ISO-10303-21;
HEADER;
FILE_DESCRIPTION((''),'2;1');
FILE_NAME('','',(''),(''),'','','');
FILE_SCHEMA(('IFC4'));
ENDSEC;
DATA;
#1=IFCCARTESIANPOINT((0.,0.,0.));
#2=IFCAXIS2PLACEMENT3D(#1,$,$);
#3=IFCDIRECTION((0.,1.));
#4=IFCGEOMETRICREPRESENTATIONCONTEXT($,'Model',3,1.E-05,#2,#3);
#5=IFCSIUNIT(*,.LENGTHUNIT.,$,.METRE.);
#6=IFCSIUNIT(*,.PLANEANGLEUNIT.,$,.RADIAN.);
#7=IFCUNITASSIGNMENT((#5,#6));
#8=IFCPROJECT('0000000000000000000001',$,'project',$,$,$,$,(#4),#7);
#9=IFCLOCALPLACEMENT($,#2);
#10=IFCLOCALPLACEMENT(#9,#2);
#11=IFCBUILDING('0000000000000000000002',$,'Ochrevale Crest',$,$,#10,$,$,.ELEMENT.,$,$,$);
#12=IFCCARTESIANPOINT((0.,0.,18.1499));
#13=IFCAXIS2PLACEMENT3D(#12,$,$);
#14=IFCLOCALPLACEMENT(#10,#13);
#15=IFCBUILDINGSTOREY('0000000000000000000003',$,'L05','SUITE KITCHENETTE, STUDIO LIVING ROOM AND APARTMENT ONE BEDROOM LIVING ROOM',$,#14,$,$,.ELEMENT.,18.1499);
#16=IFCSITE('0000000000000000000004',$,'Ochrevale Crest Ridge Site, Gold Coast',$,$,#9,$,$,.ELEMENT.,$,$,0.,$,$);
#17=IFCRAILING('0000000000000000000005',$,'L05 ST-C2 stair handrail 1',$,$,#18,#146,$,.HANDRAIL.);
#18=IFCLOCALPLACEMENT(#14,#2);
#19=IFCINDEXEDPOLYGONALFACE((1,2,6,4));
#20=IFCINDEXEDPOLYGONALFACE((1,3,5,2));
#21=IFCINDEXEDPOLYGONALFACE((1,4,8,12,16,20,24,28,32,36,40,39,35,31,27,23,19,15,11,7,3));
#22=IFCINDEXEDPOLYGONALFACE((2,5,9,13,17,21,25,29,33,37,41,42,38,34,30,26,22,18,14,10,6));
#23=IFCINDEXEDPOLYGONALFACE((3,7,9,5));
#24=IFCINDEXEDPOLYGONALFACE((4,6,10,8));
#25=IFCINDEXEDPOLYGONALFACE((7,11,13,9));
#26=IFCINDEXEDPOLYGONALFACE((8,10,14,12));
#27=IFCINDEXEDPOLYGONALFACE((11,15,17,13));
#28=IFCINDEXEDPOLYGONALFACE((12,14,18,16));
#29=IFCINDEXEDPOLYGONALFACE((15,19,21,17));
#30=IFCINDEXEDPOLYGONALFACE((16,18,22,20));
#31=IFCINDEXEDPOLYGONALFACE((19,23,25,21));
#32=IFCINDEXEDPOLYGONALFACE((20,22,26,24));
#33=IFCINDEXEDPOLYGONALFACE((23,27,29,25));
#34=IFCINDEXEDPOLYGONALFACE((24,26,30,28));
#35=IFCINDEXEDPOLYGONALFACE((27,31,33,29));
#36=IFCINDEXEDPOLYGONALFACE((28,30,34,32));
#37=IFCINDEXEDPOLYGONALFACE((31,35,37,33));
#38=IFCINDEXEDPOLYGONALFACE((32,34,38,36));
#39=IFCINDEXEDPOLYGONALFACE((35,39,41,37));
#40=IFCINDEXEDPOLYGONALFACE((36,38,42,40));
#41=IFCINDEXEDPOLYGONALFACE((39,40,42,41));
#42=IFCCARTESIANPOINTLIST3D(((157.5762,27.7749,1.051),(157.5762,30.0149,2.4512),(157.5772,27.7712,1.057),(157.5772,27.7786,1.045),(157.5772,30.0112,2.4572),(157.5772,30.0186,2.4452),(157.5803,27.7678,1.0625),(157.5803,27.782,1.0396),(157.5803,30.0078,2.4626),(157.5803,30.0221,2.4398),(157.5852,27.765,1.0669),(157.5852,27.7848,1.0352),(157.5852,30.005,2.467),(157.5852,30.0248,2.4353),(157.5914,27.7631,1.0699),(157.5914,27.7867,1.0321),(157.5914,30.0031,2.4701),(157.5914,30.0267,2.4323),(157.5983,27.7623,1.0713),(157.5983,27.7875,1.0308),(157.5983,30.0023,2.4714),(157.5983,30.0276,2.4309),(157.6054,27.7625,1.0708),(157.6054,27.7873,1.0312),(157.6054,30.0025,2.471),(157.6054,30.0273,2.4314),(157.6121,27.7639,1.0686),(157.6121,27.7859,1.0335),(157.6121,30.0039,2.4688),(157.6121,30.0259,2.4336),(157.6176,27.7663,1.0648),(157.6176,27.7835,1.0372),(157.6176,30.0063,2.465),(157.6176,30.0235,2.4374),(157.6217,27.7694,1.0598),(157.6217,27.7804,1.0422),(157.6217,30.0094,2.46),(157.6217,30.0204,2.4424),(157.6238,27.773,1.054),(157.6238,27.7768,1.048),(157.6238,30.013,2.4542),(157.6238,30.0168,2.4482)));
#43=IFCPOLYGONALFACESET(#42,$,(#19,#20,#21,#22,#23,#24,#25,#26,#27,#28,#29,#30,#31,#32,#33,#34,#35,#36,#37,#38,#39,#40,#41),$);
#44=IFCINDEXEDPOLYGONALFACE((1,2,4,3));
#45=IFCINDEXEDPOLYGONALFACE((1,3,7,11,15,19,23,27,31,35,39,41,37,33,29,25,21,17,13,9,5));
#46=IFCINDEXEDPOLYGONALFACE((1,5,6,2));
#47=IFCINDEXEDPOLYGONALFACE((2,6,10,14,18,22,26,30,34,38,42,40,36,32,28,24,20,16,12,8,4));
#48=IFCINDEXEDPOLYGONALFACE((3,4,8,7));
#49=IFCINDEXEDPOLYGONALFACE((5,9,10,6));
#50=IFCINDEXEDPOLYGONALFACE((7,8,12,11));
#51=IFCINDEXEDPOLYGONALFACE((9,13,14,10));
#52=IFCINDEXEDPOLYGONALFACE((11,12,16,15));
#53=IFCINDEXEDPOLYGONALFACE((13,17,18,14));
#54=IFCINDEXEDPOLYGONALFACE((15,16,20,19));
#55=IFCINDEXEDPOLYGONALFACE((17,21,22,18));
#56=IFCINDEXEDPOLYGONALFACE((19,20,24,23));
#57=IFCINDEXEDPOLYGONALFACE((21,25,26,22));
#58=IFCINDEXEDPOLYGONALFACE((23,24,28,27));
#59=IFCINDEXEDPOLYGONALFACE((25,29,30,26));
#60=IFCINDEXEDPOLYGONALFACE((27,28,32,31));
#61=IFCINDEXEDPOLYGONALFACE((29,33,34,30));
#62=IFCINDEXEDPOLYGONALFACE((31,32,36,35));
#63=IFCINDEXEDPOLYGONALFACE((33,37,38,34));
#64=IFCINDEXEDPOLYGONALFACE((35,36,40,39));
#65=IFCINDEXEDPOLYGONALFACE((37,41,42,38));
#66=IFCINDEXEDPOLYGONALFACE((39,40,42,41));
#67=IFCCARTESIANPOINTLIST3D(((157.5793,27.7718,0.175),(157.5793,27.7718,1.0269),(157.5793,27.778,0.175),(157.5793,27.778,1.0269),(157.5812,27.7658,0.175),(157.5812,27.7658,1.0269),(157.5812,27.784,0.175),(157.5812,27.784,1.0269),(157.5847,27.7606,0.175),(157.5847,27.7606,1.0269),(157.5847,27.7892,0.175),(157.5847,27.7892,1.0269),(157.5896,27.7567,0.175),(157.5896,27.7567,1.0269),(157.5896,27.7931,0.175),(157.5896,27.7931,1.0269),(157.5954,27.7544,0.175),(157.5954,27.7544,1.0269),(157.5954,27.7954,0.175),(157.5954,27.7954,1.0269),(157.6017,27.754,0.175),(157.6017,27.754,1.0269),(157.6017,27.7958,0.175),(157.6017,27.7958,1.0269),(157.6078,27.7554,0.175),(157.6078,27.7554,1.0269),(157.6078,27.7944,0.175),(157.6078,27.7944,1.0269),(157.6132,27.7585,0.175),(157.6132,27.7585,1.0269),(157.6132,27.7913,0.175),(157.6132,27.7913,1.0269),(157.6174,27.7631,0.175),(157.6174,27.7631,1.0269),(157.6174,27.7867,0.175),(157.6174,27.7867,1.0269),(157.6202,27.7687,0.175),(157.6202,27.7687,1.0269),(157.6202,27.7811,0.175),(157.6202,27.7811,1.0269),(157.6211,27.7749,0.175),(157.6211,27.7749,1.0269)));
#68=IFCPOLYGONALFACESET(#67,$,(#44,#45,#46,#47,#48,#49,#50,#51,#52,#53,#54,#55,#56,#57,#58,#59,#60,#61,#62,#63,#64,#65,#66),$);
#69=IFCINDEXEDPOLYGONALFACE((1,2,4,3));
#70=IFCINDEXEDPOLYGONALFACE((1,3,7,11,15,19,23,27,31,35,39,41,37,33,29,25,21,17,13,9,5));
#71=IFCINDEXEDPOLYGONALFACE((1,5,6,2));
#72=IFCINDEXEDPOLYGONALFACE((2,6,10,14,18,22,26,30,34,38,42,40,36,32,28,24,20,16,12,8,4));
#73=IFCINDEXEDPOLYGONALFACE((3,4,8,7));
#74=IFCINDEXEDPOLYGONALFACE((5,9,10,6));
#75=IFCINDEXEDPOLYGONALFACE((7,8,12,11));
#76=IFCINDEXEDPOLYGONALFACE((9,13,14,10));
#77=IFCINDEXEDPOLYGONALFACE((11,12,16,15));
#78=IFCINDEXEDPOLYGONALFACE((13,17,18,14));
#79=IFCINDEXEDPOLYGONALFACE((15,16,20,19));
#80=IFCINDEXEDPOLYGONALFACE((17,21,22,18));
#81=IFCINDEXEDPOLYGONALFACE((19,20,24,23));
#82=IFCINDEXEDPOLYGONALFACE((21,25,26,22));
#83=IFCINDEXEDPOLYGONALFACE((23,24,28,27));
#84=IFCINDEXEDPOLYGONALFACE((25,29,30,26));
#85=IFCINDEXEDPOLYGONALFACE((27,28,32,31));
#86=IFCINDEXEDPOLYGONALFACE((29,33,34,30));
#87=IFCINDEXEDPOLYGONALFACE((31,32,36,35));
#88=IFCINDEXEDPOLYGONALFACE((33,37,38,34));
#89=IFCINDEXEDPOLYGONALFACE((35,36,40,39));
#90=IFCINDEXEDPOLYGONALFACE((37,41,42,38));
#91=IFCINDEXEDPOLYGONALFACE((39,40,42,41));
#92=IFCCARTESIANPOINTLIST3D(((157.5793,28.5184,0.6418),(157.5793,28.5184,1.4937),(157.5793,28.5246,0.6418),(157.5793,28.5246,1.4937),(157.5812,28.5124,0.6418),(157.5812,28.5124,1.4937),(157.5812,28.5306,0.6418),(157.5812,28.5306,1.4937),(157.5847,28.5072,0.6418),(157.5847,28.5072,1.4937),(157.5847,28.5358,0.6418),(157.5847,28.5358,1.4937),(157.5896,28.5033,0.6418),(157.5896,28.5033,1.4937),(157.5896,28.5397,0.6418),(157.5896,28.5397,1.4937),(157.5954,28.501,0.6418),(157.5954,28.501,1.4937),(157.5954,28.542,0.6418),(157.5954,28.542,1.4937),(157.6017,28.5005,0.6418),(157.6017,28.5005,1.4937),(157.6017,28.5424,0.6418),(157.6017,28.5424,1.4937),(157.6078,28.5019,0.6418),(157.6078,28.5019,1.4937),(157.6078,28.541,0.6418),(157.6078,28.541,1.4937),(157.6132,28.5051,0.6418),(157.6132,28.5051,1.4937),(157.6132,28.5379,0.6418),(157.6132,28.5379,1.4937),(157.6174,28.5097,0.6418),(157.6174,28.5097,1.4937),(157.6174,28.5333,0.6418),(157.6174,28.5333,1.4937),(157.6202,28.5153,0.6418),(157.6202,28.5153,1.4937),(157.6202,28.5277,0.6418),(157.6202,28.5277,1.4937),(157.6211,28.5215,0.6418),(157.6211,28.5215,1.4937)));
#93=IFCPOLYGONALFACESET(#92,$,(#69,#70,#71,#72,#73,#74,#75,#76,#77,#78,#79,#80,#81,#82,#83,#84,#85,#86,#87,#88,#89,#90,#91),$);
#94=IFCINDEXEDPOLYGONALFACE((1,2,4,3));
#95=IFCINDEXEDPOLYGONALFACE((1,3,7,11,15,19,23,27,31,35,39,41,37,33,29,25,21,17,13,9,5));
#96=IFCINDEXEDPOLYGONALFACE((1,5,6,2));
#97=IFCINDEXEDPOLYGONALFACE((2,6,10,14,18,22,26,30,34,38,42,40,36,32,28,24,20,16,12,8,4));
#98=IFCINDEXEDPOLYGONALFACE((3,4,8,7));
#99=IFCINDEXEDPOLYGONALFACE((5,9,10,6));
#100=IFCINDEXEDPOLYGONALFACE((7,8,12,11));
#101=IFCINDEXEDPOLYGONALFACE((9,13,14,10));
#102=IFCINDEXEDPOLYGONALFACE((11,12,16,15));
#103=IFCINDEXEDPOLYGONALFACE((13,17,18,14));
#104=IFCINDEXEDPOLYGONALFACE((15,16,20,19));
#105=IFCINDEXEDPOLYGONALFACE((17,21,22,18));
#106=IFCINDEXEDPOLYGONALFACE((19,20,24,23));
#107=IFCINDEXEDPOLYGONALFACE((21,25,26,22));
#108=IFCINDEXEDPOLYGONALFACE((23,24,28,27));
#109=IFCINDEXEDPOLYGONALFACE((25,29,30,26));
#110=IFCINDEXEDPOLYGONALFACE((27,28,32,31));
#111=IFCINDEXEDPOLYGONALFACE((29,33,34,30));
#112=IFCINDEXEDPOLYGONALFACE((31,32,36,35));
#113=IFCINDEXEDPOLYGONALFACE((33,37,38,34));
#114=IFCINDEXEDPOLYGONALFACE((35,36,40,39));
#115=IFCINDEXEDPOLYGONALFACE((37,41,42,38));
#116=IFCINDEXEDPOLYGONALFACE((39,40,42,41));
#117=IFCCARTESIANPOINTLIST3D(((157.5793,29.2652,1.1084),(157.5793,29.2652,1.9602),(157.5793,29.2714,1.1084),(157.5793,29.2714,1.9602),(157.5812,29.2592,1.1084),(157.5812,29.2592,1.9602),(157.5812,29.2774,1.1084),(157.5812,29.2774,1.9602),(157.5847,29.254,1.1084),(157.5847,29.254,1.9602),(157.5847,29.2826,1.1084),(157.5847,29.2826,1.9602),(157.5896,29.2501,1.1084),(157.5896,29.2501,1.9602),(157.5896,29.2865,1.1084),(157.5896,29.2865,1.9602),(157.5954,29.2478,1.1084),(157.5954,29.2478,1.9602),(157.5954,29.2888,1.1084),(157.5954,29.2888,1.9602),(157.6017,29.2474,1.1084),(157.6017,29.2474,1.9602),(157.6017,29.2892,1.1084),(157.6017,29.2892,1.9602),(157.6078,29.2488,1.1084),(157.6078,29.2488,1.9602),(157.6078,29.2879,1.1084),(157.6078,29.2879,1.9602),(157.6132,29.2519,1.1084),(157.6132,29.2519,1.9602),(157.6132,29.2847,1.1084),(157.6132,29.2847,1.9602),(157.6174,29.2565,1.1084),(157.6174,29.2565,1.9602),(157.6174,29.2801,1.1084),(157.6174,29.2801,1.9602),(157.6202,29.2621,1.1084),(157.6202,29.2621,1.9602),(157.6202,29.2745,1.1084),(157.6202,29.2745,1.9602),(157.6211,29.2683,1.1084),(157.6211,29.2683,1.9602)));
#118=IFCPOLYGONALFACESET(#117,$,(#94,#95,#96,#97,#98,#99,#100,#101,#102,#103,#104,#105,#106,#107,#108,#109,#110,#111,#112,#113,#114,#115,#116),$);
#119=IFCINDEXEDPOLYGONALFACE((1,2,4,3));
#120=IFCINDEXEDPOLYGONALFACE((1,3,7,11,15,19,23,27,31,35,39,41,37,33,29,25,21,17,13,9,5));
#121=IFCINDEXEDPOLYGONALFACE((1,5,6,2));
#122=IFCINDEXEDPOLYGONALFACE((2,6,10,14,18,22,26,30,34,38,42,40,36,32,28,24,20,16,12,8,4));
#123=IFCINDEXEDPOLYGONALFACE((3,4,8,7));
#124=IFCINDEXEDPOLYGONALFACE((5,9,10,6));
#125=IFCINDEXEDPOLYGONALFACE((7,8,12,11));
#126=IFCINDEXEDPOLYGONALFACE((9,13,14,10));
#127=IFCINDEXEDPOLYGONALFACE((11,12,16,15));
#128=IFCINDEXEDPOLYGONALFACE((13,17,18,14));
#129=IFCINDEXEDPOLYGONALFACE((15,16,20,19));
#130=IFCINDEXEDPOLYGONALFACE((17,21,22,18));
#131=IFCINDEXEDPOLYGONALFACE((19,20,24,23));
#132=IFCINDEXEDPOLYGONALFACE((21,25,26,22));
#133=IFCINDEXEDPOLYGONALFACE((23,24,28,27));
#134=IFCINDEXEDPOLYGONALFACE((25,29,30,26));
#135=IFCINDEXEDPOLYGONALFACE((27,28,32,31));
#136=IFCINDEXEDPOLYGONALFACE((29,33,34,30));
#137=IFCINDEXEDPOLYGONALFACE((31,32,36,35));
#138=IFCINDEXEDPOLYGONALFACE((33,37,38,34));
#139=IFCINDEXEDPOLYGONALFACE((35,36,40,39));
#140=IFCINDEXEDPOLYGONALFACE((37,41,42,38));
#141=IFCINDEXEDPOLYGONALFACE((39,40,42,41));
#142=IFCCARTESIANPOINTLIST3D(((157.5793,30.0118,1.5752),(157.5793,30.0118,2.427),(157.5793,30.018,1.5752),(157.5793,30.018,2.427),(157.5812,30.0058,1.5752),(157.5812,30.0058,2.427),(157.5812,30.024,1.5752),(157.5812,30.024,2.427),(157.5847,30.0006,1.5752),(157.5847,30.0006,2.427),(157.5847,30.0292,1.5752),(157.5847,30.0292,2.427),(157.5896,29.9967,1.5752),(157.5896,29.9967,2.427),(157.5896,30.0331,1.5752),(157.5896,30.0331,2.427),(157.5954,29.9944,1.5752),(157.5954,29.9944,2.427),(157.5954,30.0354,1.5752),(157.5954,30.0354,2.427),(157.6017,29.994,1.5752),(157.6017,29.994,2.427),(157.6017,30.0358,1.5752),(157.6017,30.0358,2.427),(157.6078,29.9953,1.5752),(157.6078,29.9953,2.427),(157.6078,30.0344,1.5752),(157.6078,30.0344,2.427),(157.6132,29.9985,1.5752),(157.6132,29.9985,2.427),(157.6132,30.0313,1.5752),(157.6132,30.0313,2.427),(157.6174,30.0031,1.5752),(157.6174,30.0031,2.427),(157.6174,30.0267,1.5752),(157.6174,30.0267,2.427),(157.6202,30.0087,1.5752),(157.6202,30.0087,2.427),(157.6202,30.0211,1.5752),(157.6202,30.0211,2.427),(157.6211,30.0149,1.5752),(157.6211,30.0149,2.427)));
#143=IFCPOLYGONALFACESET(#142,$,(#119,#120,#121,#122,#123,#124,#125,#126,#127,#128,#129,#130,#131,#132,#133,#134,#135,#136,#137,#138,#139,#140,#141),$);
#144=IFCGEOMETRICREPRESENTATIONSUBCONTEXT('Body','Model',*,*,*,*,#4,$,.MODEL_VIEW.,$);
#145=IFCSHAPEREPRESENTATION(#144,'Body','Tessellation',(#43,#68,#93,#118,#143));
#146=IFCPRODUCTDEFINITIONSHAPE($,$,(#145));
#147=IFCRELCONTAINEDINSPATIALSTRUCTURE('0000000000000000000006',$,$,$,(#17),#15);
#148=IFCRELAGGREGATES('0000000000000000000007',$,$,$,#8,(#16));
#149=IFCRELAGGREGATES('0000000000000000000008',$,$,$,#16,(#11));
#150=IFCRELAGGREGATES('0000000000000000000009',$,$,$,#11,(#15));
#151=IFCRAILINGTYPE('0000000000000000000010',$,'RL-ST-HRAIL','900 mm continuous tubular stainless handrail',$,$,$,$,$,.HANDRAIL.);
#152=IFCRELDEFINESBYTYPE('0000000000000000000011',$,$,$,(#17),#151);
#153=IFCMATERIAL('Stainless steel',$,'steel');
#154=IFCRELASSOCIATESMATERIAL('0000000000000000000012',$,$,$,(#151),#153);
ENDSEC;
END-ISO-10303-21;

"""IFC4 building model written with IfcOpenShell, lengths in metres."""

from ifc_helpers import new_model, si_unit, direction, frame, origin, origin_2d, place, context, subcontext, project, spatial, circle, extrude, material, type_object, element, save


model = new_model("IFC4")

# Units and contexts
model_context = context("Model", 3, precision=1e-05, world=origin(), true_north=direction((0.0, 1.0)))
body_context = subcontext(model_context, "Body", "Model", "MODEL_VIEW")
ifc_project = project(units=[si_unit("LENGTHUNIT", "METRE"), si_unit("PLANEANGLEUNIT", "RADIAN")], contexts=[model_context])

# Site, building, storey
site_placement = place(None, origin())
site = spatial("IfcSite", under=ifc_project, at=site_placement, Name="Ochrevale Crest Ridge Site, Gold Coast", CompositionType="ELEMENT", RefElevation=0.0)
building_placement = place(site_placement, origin())
building = spatial("IfcBuilding", under=site, at=building_placement, Name="Ochrevale Crest", CompositionType="ELEMENT")
storey_placement = place(building_placement, frame((0.0, 0.0, 18.1499)))
storey = spatial("IfcBuildingStorey", under=building, at=storey_placement, Name="L05", Description="SUITE KITCHENETTE, STUDIO LIVING ROOM AND APARTMENT ONE BEDROOM LIVING ROOM", CompositionType="ELEMENT", Elevation=18.1499)

# Railing
ifc_material_1 = material(Name="Stainless steel", Category="steel")
railing_type_1 = type_object("IfcRailingType", Name="RL-ST-HRAIL", Description="900 mm continuous tubular stainless handrail", PredefinedType="HANDRAIL", material=ifc_material_1)
railing_1_placement = place(storey_placement, frame((157.6001, 27.7749, 0.175)))
element("IfcRailing", 1, at=railing_1_placement, inside=storey, type_object=railing_type_1, Name="L05 ST-C2 stair handrail 1", PredefinedType="HANDRAIL", context=body_context, shape_type="SweptSolid", body=[
    extrude(circle(Radius=0.0239, at=origin_2d()), frame((0.0, 0.0, 0.876), z_axis=(0.0, 0.847972, 0.53004), x_axis=(-1.0, 0.0, 0.0)), (0.0, 0.0, 1.0), 2.6416),
    extrude(circle(Radius=0.021, at=origin_2d()), origin(), (0.0, 0.0, 1.0), 0.8518),
    extrude(circle(Radius=0.021, at=origin_2d()), frame((0.0, 0.7466, 0.4668)), (0.0, 0.0, 1.0), 0.8518),
    extrude(circle(Radius=0.021, at=origin_2d()), frame((0.0, 1.4934, 0.9333)), (0.0, 0.0, 1.0), 0.8518),
    extrude(circle(Radius=0.021, at=origin_2d()), frame((0.0, 2.24, 1.4001)), (0.0, 0.0, 1.0), 0.8518),
])

save(model, "model.ifc")
